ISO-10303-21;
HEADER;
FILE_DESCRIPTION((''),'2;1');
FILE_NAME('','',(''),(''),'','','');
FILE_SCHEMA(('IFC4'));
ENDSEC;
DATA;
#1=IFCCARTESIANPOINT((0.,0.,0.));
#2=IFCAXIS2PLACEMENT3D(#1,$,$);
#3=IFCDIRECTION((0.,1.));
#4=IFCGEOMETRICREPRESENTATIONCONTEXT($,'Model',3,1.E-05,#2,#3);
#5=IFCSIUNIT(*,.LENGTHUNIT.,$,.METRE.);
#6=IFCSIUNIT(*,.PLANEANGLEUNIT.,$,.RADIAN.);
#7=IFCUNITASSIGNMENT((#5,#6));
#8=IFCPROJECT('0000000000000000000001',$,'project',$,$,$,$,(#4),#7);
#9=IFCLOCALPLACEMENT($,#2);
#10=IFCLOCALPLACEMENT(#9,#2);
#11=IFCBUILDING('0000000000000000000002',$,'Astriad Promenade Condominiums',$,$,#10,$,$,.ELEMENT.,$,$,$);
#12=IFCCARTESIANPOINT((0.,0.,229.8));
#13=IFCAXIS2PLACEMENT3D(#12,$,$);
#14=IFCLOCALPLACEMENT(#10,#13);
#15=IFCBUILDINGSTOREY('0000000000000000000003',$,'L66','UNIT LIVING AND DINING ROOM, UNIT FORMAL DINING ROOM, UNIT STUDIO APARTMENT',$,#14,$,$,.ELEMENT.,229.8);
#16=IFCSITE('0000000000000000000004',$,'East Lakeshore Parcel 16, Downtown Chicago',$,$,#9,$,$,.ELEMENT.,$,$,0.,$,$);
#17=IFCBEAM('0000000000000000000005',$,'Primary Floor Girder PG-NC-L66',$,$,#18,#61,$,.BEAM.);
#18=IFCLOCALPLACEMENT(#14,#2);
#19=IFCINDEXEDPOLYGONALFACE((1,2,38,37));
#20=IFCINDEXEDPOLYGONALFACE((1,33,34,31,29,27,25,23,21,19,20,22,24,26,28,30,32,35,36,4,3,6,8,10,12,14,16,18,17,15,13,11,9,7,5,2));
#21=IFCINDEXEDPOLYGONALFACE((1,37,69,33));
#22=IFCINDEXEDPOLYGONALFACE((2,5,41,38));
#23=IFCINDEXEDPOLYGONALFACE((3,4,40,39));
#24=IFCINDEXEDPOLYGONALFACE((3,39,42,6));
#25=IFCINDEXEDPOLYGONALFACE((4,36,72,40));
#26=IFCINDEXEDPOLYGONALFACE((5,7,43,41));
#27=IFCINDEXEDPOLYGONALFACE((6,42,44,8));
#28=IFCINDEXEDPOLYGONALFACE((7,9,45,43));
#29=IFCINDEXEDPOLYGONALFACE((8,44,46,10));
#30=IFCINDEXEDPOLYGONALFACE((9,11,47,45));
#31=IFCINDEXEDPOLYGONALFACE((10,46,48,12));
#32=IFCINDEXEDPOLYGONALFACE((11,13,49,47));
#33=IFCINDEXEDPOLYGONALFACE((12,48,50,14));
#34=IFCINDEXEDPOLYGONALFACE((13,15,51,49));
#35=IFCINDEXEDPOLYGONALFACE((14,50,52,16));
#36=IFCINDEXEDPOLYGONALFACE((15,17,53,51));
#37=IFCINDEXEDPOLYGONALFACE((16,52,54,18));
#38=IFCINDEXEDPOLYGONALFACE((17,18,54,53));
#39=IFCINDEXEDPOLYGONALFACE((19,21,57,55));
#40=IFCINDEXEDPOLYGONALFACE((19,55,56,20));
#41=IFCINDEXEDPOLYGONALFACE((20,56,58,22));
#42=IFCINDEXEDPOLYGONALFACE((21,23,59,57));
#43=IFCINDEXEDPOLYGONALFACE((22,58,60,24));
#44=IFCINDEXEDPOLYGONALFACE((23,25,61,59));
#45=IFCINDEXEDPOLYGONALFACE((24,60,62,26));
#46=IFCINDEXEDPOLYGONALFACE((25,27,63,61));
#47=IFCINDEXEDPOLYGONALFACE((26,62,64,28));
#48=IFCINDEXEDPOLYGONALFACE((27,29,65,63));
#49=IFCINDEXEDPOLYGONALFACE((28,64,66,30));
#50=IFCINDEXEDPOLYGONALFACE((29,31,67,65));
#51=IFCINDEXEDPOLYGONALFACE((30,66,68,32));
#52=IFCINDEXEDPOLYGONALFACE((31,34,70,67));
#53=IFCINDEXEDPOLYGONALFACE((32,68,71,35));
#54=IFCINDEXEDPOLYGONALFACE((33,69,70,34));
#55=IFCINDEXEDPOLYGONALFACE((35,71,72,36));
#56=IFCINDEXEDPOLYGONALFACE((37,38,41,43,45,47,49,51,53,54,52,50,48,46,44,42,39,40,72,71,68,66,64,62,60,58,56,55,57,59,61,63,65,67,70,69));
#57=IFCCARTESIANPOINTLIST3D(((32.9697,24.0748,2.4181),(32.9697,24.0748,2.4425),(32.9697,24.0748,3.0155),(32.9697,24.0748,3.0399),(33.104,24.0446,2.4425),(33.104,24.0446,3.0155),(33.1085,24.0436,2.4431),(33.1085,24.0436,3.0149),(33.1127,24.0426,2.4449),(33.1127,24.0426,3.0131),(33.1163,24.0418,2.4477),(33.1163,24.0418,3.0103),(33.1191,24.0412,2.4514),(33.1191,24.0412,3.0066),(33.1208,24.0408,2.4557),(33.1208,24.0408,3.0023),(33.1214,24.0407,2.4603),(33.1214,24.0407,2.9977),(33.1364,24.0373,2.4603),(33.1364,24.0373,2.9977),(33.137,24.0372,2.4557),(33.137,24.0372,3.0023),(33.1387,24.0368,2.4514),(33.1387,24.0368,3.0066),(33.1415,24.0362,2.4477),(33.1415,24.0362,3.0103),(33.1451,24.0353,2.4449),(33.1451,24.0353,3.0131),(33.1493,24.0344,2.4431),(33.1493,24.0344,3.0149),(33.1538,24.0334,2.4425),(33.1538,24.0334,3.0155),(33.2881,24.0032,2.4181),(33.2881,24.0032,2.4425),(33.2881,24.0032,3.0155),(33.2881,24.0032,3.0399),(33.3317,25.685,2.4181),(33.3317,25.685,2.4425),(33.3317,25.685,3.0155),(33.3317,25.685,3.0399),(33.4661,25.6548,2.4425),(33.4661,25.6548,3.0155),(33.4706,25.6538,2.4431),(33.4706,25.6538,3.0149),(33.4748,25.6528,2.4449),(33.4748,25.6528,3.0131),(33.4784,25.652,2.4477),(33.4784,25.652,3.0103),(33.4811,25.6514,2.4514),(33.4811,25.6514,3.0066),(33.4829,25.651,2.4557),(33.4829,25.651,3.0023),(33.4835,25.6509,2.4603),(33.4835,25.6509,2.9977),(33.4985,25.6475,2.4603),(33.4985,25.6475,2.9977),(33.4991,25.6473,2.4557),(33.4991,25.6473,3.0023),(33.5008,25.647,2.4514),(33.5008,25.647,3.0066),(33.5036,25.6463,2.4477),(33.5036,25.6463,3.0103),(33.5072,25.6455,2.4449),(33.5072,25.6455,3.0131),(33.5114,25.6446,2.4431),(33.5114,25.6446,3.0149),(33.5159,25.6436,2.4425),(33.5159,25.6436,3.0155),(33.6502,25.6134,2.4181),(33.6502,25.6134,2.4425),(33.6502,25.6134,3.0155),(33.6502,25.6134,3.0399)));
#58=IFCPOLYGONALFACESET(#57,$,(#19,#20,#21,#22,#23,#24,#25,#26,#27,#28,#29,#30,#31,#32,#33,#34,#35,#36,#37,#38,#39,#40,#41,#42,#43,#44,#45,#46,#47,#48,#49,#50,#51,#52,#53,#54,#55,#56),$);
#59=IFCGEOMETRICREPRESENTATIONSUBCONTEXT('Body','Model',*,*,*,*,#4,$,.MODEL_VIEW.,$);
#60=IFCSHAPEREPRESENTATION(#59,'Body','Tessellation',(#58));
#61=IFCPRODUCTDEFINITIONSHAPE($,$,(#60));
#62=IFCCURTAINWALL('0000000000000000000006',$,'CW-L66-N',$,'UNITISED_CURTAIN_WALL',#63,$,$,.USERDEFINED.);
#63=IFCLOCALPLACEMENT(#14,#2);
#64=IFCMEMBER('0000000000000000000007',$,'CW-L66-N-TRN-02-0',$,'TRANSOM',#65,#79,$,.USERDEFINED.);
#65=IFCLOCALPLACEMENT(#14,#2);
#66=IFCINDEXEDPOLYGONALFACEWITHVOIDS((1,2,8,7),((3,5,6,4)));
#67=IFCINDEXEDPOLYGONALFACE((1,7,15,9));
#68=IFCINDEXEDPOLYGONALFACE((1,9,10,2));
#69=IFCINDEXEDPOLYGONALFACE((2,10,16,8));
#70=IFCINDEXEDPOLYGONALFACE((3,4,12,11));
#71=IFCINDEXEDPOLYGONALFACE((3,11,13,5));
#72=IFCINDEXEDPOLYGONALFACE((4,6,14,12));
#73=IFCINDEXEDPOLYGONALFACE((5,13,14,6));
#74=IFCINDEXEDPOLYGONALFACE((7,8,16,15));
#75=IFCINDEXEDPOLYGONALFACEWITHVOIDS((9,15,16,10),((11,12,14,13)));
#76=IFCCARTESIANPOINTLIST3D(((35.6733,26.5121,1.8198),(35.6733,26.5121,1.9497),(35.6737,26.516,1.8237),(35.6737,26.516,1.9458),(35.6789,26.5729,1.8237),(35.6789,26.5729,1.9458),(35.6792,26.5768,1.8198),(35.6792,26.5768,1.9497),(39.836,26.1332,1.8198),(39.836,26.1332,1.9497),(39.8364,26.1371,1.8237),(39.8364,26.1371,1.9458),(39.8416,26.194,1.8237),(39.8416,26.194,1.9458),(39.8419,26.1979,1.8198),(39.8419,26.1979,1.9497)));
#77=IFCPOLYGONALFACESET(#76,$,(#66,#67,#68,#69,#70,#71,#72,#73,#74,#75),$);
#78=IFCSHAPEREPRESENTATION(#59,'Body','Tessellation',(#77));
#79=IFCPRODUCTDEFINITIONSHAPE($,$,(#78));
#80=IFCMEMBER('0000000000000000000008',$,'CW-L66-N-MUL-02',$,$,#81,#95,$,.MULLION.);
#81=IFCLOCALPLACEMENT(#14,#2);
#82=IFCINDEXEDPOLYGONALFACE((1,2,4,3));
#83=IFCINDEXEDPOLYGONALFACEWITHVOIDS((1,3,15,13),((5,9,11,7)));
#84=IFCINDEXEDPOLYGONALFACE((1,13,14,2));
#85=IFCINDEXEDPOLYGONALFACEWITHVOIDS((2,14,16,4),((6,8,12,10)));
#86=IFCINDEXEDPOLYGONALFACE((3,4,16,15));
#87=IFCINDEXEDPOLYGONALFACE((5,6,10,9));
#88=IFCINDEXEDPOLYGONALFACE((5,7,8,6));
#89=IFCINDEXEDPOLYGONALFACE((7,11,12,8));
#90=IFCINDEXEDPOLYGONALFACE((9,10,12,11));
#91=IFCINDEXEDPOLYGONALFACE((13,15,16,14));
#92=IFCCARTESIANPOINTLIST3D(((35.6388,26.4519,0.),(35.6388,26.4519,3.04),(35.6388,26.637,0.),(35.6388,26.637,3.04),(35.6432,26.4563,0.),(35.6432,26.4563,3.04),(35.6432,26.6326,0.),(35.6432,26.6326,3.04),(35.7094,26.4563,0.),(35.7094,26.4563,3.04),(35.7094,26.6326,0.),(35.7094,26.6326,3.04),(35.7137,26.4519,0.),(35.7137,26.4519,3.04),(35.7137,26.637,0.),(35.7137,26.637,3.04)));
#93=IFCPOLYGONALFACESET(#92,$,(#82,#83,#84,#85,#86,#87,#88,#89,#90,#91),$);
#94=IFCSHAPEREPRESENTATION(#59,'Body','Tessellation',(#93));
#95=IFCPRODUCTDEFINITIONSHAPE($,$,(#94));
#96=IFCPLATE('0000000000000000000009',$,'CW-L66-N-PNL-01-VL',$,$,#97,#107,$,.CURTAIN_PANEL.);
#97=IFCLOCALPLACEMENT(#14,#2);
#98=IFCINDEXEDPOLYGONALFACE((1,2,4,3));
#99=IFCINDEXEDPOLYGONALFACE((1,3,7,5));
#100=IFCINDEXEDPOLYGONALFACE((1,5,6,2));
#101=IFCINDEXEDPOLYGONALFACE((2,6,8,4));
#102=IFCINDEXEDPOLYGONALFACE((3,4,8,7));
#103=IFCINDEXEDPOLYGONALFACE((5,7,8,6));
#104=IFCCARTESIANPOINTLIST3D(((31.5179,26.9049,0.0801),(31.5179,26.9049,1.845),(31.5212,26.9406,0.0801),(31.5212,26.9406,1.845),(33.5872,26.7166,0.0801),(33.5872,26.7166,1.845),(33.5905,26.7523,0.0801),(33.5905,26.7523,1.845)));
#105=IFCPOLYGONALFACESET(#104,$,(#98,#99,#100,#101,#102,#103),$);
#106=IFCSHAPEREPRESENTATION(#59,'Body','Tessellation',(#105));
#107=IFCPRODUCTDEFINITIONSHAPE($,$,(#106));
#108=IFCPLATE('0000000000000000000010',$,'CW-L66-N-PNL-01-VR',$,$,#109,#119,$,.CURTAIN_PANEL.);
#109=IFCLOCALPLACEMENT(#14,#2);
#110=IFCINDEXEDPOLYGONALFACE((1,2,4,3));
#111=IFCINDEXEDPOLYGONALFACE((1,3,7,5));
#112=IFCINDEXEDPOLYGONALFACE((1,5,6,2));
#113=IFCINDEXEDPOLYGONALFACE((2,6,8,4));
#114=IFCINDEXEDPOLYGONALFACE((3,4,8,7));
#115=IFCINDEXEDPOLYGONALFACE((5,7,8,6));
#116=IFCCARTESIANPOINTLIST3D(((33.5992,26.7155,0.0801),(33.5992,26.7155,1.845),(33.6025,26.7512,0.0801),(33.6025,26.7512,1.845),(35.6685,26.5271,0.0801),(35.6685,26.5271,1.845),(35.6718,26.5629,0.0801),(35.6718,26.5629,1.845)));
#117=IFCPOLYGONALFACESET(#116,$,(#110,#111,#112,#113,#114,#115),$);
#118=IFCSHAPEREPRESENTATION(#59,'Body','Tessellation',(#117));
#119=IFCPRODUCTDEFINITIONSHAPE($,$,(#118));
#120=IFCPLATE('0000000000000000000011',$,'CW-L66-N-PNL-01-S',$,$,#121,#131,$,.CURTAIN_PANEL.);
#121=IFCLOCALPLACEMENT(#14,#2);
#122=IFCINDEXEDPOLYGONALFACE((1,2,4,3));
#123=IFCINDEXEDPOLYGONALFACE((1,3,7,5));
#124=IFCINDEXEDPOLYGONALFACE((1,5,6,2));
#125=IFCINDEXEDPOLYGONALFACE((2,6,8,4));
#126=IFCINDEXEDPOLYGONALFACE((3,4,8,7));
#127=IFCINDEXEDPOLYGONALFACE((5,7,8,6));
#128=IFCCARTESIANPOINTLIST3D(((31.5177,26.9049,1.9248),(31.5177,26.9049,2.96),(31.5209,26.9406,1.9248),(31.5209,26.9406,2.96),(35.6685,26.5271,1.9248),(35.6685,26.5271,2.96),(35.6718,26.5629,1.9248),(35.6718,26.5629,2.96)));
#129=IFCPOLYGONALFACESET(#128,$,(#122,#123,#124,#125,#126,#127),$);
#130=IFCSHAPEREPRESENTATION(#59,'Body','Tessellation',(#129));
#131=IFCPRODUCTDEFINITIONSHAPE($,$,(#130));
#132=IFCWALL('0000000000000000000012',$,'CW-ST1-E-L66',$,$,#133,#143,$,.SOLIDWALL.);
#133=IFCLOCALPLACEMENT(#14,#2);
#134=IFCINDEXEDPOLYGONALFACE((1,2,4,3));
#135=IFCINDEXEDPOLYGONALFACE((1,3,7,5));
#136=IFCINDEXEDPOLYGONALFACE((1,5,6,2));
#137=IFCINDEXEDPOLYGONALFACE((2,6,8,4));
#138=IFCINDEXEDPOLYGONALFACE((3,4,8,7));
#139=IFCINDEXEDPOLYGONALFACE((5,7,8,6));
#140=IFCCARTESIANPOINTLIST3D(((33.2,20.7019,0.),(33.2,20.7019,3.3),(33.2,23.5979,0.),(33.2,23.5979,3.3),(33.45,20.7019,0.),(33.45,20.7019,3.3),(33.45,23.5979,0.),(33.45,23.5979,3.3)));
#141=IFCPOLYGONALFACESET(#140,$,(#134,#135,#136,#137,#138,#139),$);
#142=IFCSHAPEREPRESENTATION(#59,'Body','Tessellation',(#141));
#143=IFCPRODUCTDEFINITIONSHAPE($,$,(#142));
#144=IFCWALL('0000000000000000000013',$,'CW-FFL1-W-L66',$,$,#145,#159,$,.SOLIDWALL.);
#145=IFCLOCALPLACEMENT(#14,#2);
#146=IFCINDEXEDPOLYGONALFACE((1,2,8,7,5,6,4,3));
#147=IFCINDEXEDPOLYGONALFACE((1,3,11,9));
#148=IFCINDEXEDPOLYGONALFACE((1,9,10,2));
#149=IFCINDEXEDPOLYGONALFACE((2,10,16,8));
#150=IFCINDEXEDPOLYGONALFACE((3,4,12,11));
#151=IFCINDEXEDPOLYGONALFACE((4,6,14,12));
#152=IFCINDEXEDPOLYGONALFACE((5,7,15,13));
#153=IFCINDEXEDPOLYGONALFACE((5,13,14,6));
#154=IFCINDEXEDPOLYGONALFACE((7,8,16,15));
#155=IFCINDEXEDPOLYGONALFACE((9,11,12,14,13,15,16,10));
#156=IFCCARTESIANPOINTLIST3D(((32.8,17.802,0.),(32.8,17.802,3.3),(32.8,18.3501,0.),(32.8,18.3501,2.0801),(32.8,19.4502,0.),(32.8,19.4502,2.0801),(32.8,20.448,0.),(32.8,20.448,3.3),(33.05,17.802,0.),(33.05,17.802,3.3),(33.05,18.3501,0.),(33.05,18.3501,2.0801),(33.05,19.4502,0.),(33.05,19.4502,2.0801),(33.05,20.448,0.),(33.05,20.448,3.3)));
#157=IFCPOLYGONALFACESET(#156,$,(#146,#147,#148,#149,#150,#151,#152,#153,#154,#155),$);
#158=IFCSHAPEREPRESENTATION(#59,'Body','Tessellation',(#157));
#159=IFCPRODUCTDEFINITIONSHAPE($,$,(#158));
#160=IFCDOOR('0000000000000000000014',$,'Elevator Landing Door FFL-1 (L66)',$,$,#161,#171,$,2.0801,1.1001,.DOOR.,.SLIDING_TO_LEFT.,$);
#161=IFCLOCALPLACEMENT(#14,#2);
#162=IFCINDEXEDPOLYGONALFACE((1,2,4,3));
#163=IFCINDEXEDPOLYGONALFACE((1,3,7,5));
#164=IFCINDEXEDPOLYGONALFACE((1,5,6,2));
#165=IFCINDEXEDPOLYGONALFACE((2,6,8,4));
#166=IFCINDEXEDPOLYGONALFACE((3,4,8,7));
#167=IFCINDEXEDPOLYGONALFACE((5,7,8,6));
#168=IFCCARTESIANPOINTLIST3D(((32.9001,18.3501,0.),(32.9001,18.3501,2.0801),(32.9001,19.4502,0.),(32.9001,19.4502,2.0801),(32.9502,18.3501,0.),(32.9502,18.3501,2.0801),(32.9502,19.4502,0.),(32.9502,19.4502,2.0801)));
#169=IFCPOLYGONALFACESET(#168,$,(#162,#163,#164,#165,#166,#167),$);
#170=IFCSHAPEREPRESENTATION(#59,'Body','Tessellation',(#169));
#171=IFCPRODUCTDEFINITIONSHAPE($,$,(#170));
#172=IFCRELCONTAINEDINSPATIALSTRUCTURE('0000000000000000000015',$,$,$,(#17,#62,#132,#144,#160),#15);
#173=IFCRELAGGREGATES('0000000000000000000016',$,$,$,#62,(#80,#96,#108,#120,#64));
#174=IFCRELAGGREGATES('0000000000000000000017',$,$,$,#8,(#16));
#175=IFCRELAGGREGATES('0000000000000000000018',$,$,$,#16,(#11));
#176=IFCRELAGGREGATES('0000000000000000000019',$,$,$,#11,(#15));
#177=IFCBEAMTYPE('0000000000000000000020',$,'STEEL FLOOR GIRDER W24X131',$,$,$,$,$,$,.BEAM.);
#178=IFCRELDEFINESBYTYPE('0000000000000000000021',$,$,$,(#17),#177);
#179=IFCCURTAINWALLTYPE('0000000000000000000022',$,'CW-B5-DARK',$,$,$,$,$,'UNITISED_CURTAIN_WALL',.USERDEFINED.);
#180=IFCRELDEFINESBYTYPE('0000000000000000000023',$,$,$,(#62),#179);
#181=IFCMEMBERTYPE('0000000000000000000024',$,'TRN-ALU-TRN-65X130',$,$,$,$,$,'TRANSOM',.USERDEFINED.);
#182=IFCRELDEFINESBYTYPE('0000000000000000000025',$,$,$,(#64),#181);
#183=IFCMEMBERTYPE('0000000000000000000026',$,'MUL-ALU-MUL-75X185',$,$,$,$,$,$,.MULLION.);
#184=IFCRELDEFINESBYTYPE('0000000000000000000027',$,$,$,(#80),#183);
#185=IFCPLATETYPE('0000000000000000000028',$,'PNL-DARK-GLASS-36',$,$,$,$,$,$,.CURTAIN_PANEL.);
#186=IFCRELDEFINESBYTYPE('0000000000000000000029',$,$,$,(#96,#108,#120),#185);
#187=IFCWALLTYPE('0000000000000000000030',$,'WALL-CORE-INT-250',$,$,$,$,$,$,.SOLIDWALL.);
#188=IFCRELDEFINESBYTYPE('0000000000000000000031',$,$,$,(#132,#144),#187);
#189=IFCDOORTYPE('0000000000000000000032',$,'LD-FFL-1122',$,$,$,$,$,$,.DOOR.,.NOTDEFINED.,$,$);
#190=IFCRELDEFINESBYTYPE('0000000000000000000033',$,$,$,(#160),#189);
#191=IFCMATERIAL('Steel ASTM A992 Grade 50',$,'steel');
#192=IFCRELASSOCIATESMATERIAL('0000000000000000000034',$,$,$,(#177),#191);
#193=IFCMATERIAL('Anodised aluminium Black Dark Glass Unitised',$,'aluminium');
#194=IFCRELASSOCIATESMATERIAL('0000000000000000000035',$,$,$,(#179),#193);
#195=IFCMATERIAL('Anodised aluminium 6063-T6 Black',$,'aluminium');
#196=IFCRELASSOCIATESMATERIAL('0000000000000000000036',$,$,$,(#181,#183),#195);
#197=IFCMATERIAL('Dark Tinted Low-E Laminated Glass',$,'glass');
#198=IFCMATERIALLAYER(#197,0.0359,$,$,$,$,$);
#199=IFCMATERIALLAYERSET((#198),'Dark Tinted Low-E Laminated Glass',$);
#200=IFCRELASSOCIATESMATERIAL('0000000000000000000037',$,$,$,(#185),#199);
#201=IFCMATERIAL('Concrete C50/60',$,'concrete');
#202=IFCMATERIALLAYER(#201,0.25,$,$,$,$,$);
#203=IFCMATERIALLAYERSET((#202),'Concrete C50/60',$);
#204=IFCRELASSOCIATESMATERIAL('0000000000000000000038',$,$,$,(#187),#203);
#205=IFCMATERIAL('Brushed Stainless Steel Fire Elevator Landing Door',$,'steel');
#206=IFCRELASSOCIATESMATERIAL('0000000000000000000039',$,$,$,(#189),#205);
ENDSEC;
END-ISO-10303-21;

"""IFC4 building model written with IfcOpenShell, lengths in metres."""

from ifc_helpers import new_model, si_unit, direction, frame, frame_2d, origin, origin_2d, place, context, subcontext, project, spatial, rectangle, hollow_rectangle, i_section, extrude, source, transform, mapped, material, layer, layer_set, material_profile, profile_set, type_object, type_shapes, element, fill, aggregate, save


model = new_model("IFC4")

# Units and contexts
model_context = context("Model", 3, precision=1e-05, world=origin(), true_north=direction((0.0, 1.0)))
body_context = subcontext(model_context, "Body", "Model", "MODEL_VIEW")
ifc_project = project(units=[si_unit("LENGTHUNIT", "METRE"), si_unit("PLANEANGLEUNIT", "RADIAN")], contexts=[model_context])

# Site, building, storey
site_placement = place(None, origin())
site = spatial("IfcSite", under=ifc_project, at=site_placement, Name="East Lakeshore Parcel 16, Downtown Chicago", CompositionType="ELEMENT", RefElevation=0.0)
building_placement = place(site_placement, origin())
building = spatial("IfcBuilding", under=site, at=building_placement, Name="Astriad Promenade Condominiums", CompositionType="ELEMENT")
storey_placement = place(building_placement, frame((0.0, 0.0, 229.8)))
storey = spatial("IfcBuildingStorey", under=building, at=storey_placement, Name="L66", Description="UNIT LIVING AND DINING ROOM, UNIT FORMAL DINING ROOM, UNIT STUDIO APARTMENT", CompositionType="ELEMENT", Elevation=229.8)

# Shared definitions
ifc_material_1 = material(Name="Steel ASTM A992 Grade 50", Category="steel")
ifc_material_2 = material(Name="Concrete C50/60", Category="concrete")

# Beam
ifc_material_profile_1 = material_profile(ifc_material_1, i_section(OverallWidth=0.3264, OverallDepth=0.6218, WebThickness=0.0154, FlangeThickness=0.0244, FilletRadius=0.0178, at=origin_2d()), Name="W24X131")
ifc_profile_set_1 = profile_set([ifc_material_profile_1], Name="Steel ASTM A992 Grade 50")
beam_type_1 = type_object("IfcBeamType", Name="STEEL FLOOR GIRDER W24X131", PredefinedType="BEAM", material=ifc_profile_set_1)
shared_shape_1 = source(origin(), body_context, "Body", "SweptSolid", [
    extrude(i_section(OverallWidth=0.3264, OverallDepth=0.6218, WebThickness=0.0154, FlangeThickness=0.0244, FilletRadius=0.0178, at=origin_2d()), origin(), (0.0, 0.0, 1.0), 1.6504),
])
type_shapes(beam_type_1, [shared_shape_1])
beam_1_placement = place(storey_placement, frame((33.491, 25.6492, 2.729), z_axis=(-0.219389, -0.975637, 0.0), x_axis=(0.975637, -0.219389, 0.0)))
element("IfcBeam", 1, at=beam_1_placement, inside=storey, type_object=beam_type_1, Name="Primary Floor Girder PG-NC-L66", PredefinedType="BEAM", context=body_context, shape_type="MappedRepresentation", body=[
    mapped(shared_shape_1, transform((0.0, 0.0, 0.0), scale=1.0)),
])

# Curtain wall, members, plates
ifc_material_3 = material(Name="Anodised aluminium Black Dark Glass Unitised", Category="aluminium")
curtain_wall_type = type_object("IfcCurtainWallType", Name="CW-B5-DARK", ElementType="UNITISED_CURTAIN_WALL", PredefinedType="USERDEFINED", material=ifc_material_3)
curtain_wall_placement = place(storey_placement, origin())
curtain_wall = element("IfcCurtainWall", 2, at=curtain_wall_placement, inside=storey, type_object=curtain_wall_type, Name="CW-L66-N", ObjectType="UNITISED_CURTAIN_WALL", PredefinedType="USERDEFINED")
ifc_material_4 = material(Name="Anodised aluminium 6063-T6 Black", Category="aluminium")
ifc_material_profile_2 = material_profile(ifc_material_4, hollow_rectangle(XDim=0.0649, YDim=0.1299, WallThickness=0.0039, at=origin_2d()), Name="ALU-TRN-65X130")
ifc_profile_set_2 = profile_set([ifc_material_profile_2], Name="Anodised aluminium 6063-T6 Black")
member_type_1 = type_object("IfcMemberType", Name="TRN-ALU-TRN-65X130", ElementType="TRANSOM", PredefinedType="USERDEFINED", material=ifc_profile_set_2)
shared_shape_2 = source(origin(), body_context, "Body", "SweptSolid", [
    extrude(hollow_rectangle(XDim=0.0649, YDim=0.1299, WallThickness=0.0039, at=origin_2d()), origin(), (0.0, 0.0, 1.0), 4.1799),
])
type_shapes(member_type_1, [shared_shape_2])
member_1_placement = place(storey_placement, frame((35.6763, 26.5444, 1.8848), z_axis=(0.995883, -0.090646, 0.0), x_axis=(0.090646, 0.995883, 0.0)))
member_1 = element("IfcMember", 3, at=member_1_placement, type_object=member_type_1, Name="CW-L66-N-TRN-02-0", ObjectType="TRANSOM", PredefinedType="USERDEFINED", context=body_context, shape_type="MappedRepresentation", body=[
    mapped(shared_shape_2, transform((0.0, 0.0, 0.0), scale=1.0)),
])
ifc_material_profile_3 = material_profile(ifc_material_4, hollow_rectangle(XDim=0.075, YDim=0.1851, WallThickness=0.0044, at=origin_2d()), Name="ALU-MUL-75X185")
ifc_profile_set_3 = profile_set([ifc_material_profile_3], Name="Anodised aluminium 6063-T6 Black")
member_type_2 = type_object("IfcMemberType", Name="MUL-ALU-MUL-75X185", PredefinedType="MULLION", material=ifc_profile_set_3)
shared_shape_3 = source(origin(), body_context, "Body", "SweptSolid", [
    extrude(hollow_rectangle(XDim=0.075, YDim=0.1851, WallThickness=0.0044, at=origin_2d()), origin(), (0.0, 0.0, 1.0), 3.04),
])
type_shapes(member_type_2, [shared_shape_3])
member_2_placement = place(storey_placement, frame((35.6763, 26.5444, 0.0), z_axis=(0.0, 0.0, 1.0), x_axis=(1.0, 0.0, 0.0)))
member_2 = element("IfcMember", 4, at=member_2_placement, type_object=member_type_2, Name="CW-L66-N-MUL-02", PredefinedType="MULLION", context=body_context, shape_type="MappedRepresentation", body=[
    mapped(shared_shape_3, transform((0.0, 0.0, 0.0), scale=1.0)),
])
ifc_material_5 = material(Name="Dark Tinted Low-E Laminated Glass", Category="glass")
ifc_layer_1 = layer(ifc_material_5, 0.0359)
ifc_layer_set_1 = layer_set([ifc_layer_1], Name="Dark Tinted Low-E Laminated Glass")
plate_type = type_object("IfcPlateType", Name="PNL-DARK-GLASS-36", PredefinedType="CURTAIN_PANEL", material=ifc_layer_set_1)
shared_shape_4 = source(origin(), body_context, "Body", "SweptSolid", [
    extrude(rectangle(XDim=2.0779, YDim=0.0359, at=origin_2d()), origin(), (0.0, 0.0, 1.0), 1.7649),
])
plate_1_placement = place(storey_placement, frame((32.5542, 26.8286, 0.0801), z_axis=(0.0, 0.0, 1.0), x_axis=(0.995884, -0.090633, 0.0)))
plate_1 = element("IfcPlate", 5, at=plate_1_placement, type_object=plate_type, Name="CW-L66-N-PNL-01-VL", PredefinedType="CURTAIN_PANEL", context=body_context, shape_type="MappedRepresentation", body=[
    mapped(shared_shape_4, transform((0.0, 0.0, 0.0), scale=1.0)),
])
plate_2_placement = place(storey_placement, frame((34.6355, 26.6392, 0.0801), z_axis=(0.0, 0.0, 1.0), x_axis=(0.995884, -0.090633, 0.0)))
plate_2 = element("IfcPlate", 6, at=plate_2_placement, type_object=plate_type, Name="CW-L66-N-PNL-01-VR", PredefinedType="CURTAIN_PANEL", context=body_context, shape_type="MappedRepresentation", body=[
    mapped(shared_shape_4, transform((0.0, 0.0, 0.0), scale=1.0)),
])
shared_shape_5 = source(origin(), body_context, "Body", "SweptSolid", [
    extrude(rectangle(XDim=4.168, YDim=0.0359, at=origin_2d()), origin(), (0.0, 0.0, 1.0), 1.0352),
])
type_shapes(plate_type, [shared_shape_4, shared_shape_5])
plate_3_placement = place(storey_placement, frame((33.5947, 26.7339, 1.9248), z_axis=(0.0, 0.0, 1.0), x_axis=(0.995884, -0.090633, 0.0)))
plate_3 = element("IfcPlate", 7, at=plate_3_placement, type_object=plate_type, Name="CW-L66-N-PNL-01-S", PredefinedType="CURTAIN_PANEL", context=body_context, shape_type="MappedRepresentation", body=[
    mapped(shared_shape_5, transform((0.0, 0.0, 0.0), scale=1.0)),
])
aggregate(curtain_wall, [member_2, plate_1, plate_2, plate_3, member_1])

# Wall
ifc_layer_2 = layer(ifc_material_2, 0.25)
ifc_layer_set_2 = layer_set([ifc_layer_2], Name="Concrete C50/60")
wall_type_1 = type_object("IfcWallType", Name="WALL-CORE-INT-250", PredefinedType="SOLIDWALL", material=ifc_layer_set_2)
wall_1_placement = place(storey_placement, frame((33.325, 20.7019, 0.0), z_axis=(0.0, 0.0, 1.0), x_axis=(0.0, 1.0, 0.0)))
element("IfcWall", 8, at=wall_1_placement, inside=storey, type_object=wall_type_1, Name="CW-ST1-E-L66", PredefinedType="SOLIDWALL", context=body_context, shape_type="SweptSolid", body=[
    extrude(rectangle(XDim=2.896, YDim=0.25, at=frame_2d((1.448, 0.0))), origin(), (0.0, 0.0, 1.0), 3.3),
])

# Wall, opening, door
wall_2_placement = place(storey_placement, frame((32.925, 17.802, 0.0), z_axis=(0.0, 0.0, 1.0), x_axis=(0.0, 1.0, 0.0)))
wall_2 = element("IfcWall", 9, at=wall_2_placement, inside=storey, type_object=wall_type_1, Name="CW-FFL1-W-L66", PredefinedType="SOLIDWALL", context=body_context, shape_type="SweptSolid", body=[
    extrude(rectangle(XDim=2.646, YDim=0.25, at=frame_2d((1.323, 0.0))), origin(), (0.0, 0.0, 1.0), 3.3),
])
opening_1_placement = place(wall_2_placement, frame((0.5481, 0.0, 0.0)))
opening_1 = element("IfcOpeningElement", 10, at=opening_1_placement, cuts=wall_2, PredefinedType="OPENING", context=body_context, shape_type="SweptSolid", body=[
    extrude(rectangle(XDim=1.1001, YDim=2.0801, at=frame_2d((0.55, 1.04))), frame((0.0, 0.135, 0.0), z_axis=(0.0, -1.0, 0.0), x_axis=(1.0, 0.0, 0.0)), (0.0, 0.0, 1.0), 0.27),
])
ifc_material_6 = material(Name="Brushed Stainless Steel Fire Elevator Landing Door", Category="steel")
door_type_1 = type_object("IfcDoorType", Name="LD-FFL-1122", OperationType="NOTDEFINED", PredefinedType="DOOR", material=ifc_material_6)
shared_shape_6 = source(origin(), body_context, "Body", "SweptSolid", [
    extrude(rectangle(XDim=1.1001, YDim=2.0801, at=frame_2d((0.55, 1.04))), frame((0.0, 0.0249, 0.0), z_axis=(0.0, -1.0, 0.0), x_axis=(1.0, 0.0, 0.0)), (0.0, 0.0, 1.0), 0.05),
])
type_shapes(door_type_1, [shared_shape_6])
door_1_placement = place(opening_1_placement, origin())
door_1 = element("IfcDoor", 11, at=door_1_placement, inside=storey, type_object=door_type_1, Name="Elevator Landing Door FFL-1 (L66)", OperationType="SLIDING_TO_LEFT", OverallHeight=2.0801, OverallWidth=1.1001, PredefinedType="DOOR", context=body_context, shape_type="MappedRepresentation", body=[
    mapped(shared_shape_6, transform((0.0, 0.0, 0.0), scale=1.0)),
])
fill(opening_1, door_1)

save(model, "model.ifc")
